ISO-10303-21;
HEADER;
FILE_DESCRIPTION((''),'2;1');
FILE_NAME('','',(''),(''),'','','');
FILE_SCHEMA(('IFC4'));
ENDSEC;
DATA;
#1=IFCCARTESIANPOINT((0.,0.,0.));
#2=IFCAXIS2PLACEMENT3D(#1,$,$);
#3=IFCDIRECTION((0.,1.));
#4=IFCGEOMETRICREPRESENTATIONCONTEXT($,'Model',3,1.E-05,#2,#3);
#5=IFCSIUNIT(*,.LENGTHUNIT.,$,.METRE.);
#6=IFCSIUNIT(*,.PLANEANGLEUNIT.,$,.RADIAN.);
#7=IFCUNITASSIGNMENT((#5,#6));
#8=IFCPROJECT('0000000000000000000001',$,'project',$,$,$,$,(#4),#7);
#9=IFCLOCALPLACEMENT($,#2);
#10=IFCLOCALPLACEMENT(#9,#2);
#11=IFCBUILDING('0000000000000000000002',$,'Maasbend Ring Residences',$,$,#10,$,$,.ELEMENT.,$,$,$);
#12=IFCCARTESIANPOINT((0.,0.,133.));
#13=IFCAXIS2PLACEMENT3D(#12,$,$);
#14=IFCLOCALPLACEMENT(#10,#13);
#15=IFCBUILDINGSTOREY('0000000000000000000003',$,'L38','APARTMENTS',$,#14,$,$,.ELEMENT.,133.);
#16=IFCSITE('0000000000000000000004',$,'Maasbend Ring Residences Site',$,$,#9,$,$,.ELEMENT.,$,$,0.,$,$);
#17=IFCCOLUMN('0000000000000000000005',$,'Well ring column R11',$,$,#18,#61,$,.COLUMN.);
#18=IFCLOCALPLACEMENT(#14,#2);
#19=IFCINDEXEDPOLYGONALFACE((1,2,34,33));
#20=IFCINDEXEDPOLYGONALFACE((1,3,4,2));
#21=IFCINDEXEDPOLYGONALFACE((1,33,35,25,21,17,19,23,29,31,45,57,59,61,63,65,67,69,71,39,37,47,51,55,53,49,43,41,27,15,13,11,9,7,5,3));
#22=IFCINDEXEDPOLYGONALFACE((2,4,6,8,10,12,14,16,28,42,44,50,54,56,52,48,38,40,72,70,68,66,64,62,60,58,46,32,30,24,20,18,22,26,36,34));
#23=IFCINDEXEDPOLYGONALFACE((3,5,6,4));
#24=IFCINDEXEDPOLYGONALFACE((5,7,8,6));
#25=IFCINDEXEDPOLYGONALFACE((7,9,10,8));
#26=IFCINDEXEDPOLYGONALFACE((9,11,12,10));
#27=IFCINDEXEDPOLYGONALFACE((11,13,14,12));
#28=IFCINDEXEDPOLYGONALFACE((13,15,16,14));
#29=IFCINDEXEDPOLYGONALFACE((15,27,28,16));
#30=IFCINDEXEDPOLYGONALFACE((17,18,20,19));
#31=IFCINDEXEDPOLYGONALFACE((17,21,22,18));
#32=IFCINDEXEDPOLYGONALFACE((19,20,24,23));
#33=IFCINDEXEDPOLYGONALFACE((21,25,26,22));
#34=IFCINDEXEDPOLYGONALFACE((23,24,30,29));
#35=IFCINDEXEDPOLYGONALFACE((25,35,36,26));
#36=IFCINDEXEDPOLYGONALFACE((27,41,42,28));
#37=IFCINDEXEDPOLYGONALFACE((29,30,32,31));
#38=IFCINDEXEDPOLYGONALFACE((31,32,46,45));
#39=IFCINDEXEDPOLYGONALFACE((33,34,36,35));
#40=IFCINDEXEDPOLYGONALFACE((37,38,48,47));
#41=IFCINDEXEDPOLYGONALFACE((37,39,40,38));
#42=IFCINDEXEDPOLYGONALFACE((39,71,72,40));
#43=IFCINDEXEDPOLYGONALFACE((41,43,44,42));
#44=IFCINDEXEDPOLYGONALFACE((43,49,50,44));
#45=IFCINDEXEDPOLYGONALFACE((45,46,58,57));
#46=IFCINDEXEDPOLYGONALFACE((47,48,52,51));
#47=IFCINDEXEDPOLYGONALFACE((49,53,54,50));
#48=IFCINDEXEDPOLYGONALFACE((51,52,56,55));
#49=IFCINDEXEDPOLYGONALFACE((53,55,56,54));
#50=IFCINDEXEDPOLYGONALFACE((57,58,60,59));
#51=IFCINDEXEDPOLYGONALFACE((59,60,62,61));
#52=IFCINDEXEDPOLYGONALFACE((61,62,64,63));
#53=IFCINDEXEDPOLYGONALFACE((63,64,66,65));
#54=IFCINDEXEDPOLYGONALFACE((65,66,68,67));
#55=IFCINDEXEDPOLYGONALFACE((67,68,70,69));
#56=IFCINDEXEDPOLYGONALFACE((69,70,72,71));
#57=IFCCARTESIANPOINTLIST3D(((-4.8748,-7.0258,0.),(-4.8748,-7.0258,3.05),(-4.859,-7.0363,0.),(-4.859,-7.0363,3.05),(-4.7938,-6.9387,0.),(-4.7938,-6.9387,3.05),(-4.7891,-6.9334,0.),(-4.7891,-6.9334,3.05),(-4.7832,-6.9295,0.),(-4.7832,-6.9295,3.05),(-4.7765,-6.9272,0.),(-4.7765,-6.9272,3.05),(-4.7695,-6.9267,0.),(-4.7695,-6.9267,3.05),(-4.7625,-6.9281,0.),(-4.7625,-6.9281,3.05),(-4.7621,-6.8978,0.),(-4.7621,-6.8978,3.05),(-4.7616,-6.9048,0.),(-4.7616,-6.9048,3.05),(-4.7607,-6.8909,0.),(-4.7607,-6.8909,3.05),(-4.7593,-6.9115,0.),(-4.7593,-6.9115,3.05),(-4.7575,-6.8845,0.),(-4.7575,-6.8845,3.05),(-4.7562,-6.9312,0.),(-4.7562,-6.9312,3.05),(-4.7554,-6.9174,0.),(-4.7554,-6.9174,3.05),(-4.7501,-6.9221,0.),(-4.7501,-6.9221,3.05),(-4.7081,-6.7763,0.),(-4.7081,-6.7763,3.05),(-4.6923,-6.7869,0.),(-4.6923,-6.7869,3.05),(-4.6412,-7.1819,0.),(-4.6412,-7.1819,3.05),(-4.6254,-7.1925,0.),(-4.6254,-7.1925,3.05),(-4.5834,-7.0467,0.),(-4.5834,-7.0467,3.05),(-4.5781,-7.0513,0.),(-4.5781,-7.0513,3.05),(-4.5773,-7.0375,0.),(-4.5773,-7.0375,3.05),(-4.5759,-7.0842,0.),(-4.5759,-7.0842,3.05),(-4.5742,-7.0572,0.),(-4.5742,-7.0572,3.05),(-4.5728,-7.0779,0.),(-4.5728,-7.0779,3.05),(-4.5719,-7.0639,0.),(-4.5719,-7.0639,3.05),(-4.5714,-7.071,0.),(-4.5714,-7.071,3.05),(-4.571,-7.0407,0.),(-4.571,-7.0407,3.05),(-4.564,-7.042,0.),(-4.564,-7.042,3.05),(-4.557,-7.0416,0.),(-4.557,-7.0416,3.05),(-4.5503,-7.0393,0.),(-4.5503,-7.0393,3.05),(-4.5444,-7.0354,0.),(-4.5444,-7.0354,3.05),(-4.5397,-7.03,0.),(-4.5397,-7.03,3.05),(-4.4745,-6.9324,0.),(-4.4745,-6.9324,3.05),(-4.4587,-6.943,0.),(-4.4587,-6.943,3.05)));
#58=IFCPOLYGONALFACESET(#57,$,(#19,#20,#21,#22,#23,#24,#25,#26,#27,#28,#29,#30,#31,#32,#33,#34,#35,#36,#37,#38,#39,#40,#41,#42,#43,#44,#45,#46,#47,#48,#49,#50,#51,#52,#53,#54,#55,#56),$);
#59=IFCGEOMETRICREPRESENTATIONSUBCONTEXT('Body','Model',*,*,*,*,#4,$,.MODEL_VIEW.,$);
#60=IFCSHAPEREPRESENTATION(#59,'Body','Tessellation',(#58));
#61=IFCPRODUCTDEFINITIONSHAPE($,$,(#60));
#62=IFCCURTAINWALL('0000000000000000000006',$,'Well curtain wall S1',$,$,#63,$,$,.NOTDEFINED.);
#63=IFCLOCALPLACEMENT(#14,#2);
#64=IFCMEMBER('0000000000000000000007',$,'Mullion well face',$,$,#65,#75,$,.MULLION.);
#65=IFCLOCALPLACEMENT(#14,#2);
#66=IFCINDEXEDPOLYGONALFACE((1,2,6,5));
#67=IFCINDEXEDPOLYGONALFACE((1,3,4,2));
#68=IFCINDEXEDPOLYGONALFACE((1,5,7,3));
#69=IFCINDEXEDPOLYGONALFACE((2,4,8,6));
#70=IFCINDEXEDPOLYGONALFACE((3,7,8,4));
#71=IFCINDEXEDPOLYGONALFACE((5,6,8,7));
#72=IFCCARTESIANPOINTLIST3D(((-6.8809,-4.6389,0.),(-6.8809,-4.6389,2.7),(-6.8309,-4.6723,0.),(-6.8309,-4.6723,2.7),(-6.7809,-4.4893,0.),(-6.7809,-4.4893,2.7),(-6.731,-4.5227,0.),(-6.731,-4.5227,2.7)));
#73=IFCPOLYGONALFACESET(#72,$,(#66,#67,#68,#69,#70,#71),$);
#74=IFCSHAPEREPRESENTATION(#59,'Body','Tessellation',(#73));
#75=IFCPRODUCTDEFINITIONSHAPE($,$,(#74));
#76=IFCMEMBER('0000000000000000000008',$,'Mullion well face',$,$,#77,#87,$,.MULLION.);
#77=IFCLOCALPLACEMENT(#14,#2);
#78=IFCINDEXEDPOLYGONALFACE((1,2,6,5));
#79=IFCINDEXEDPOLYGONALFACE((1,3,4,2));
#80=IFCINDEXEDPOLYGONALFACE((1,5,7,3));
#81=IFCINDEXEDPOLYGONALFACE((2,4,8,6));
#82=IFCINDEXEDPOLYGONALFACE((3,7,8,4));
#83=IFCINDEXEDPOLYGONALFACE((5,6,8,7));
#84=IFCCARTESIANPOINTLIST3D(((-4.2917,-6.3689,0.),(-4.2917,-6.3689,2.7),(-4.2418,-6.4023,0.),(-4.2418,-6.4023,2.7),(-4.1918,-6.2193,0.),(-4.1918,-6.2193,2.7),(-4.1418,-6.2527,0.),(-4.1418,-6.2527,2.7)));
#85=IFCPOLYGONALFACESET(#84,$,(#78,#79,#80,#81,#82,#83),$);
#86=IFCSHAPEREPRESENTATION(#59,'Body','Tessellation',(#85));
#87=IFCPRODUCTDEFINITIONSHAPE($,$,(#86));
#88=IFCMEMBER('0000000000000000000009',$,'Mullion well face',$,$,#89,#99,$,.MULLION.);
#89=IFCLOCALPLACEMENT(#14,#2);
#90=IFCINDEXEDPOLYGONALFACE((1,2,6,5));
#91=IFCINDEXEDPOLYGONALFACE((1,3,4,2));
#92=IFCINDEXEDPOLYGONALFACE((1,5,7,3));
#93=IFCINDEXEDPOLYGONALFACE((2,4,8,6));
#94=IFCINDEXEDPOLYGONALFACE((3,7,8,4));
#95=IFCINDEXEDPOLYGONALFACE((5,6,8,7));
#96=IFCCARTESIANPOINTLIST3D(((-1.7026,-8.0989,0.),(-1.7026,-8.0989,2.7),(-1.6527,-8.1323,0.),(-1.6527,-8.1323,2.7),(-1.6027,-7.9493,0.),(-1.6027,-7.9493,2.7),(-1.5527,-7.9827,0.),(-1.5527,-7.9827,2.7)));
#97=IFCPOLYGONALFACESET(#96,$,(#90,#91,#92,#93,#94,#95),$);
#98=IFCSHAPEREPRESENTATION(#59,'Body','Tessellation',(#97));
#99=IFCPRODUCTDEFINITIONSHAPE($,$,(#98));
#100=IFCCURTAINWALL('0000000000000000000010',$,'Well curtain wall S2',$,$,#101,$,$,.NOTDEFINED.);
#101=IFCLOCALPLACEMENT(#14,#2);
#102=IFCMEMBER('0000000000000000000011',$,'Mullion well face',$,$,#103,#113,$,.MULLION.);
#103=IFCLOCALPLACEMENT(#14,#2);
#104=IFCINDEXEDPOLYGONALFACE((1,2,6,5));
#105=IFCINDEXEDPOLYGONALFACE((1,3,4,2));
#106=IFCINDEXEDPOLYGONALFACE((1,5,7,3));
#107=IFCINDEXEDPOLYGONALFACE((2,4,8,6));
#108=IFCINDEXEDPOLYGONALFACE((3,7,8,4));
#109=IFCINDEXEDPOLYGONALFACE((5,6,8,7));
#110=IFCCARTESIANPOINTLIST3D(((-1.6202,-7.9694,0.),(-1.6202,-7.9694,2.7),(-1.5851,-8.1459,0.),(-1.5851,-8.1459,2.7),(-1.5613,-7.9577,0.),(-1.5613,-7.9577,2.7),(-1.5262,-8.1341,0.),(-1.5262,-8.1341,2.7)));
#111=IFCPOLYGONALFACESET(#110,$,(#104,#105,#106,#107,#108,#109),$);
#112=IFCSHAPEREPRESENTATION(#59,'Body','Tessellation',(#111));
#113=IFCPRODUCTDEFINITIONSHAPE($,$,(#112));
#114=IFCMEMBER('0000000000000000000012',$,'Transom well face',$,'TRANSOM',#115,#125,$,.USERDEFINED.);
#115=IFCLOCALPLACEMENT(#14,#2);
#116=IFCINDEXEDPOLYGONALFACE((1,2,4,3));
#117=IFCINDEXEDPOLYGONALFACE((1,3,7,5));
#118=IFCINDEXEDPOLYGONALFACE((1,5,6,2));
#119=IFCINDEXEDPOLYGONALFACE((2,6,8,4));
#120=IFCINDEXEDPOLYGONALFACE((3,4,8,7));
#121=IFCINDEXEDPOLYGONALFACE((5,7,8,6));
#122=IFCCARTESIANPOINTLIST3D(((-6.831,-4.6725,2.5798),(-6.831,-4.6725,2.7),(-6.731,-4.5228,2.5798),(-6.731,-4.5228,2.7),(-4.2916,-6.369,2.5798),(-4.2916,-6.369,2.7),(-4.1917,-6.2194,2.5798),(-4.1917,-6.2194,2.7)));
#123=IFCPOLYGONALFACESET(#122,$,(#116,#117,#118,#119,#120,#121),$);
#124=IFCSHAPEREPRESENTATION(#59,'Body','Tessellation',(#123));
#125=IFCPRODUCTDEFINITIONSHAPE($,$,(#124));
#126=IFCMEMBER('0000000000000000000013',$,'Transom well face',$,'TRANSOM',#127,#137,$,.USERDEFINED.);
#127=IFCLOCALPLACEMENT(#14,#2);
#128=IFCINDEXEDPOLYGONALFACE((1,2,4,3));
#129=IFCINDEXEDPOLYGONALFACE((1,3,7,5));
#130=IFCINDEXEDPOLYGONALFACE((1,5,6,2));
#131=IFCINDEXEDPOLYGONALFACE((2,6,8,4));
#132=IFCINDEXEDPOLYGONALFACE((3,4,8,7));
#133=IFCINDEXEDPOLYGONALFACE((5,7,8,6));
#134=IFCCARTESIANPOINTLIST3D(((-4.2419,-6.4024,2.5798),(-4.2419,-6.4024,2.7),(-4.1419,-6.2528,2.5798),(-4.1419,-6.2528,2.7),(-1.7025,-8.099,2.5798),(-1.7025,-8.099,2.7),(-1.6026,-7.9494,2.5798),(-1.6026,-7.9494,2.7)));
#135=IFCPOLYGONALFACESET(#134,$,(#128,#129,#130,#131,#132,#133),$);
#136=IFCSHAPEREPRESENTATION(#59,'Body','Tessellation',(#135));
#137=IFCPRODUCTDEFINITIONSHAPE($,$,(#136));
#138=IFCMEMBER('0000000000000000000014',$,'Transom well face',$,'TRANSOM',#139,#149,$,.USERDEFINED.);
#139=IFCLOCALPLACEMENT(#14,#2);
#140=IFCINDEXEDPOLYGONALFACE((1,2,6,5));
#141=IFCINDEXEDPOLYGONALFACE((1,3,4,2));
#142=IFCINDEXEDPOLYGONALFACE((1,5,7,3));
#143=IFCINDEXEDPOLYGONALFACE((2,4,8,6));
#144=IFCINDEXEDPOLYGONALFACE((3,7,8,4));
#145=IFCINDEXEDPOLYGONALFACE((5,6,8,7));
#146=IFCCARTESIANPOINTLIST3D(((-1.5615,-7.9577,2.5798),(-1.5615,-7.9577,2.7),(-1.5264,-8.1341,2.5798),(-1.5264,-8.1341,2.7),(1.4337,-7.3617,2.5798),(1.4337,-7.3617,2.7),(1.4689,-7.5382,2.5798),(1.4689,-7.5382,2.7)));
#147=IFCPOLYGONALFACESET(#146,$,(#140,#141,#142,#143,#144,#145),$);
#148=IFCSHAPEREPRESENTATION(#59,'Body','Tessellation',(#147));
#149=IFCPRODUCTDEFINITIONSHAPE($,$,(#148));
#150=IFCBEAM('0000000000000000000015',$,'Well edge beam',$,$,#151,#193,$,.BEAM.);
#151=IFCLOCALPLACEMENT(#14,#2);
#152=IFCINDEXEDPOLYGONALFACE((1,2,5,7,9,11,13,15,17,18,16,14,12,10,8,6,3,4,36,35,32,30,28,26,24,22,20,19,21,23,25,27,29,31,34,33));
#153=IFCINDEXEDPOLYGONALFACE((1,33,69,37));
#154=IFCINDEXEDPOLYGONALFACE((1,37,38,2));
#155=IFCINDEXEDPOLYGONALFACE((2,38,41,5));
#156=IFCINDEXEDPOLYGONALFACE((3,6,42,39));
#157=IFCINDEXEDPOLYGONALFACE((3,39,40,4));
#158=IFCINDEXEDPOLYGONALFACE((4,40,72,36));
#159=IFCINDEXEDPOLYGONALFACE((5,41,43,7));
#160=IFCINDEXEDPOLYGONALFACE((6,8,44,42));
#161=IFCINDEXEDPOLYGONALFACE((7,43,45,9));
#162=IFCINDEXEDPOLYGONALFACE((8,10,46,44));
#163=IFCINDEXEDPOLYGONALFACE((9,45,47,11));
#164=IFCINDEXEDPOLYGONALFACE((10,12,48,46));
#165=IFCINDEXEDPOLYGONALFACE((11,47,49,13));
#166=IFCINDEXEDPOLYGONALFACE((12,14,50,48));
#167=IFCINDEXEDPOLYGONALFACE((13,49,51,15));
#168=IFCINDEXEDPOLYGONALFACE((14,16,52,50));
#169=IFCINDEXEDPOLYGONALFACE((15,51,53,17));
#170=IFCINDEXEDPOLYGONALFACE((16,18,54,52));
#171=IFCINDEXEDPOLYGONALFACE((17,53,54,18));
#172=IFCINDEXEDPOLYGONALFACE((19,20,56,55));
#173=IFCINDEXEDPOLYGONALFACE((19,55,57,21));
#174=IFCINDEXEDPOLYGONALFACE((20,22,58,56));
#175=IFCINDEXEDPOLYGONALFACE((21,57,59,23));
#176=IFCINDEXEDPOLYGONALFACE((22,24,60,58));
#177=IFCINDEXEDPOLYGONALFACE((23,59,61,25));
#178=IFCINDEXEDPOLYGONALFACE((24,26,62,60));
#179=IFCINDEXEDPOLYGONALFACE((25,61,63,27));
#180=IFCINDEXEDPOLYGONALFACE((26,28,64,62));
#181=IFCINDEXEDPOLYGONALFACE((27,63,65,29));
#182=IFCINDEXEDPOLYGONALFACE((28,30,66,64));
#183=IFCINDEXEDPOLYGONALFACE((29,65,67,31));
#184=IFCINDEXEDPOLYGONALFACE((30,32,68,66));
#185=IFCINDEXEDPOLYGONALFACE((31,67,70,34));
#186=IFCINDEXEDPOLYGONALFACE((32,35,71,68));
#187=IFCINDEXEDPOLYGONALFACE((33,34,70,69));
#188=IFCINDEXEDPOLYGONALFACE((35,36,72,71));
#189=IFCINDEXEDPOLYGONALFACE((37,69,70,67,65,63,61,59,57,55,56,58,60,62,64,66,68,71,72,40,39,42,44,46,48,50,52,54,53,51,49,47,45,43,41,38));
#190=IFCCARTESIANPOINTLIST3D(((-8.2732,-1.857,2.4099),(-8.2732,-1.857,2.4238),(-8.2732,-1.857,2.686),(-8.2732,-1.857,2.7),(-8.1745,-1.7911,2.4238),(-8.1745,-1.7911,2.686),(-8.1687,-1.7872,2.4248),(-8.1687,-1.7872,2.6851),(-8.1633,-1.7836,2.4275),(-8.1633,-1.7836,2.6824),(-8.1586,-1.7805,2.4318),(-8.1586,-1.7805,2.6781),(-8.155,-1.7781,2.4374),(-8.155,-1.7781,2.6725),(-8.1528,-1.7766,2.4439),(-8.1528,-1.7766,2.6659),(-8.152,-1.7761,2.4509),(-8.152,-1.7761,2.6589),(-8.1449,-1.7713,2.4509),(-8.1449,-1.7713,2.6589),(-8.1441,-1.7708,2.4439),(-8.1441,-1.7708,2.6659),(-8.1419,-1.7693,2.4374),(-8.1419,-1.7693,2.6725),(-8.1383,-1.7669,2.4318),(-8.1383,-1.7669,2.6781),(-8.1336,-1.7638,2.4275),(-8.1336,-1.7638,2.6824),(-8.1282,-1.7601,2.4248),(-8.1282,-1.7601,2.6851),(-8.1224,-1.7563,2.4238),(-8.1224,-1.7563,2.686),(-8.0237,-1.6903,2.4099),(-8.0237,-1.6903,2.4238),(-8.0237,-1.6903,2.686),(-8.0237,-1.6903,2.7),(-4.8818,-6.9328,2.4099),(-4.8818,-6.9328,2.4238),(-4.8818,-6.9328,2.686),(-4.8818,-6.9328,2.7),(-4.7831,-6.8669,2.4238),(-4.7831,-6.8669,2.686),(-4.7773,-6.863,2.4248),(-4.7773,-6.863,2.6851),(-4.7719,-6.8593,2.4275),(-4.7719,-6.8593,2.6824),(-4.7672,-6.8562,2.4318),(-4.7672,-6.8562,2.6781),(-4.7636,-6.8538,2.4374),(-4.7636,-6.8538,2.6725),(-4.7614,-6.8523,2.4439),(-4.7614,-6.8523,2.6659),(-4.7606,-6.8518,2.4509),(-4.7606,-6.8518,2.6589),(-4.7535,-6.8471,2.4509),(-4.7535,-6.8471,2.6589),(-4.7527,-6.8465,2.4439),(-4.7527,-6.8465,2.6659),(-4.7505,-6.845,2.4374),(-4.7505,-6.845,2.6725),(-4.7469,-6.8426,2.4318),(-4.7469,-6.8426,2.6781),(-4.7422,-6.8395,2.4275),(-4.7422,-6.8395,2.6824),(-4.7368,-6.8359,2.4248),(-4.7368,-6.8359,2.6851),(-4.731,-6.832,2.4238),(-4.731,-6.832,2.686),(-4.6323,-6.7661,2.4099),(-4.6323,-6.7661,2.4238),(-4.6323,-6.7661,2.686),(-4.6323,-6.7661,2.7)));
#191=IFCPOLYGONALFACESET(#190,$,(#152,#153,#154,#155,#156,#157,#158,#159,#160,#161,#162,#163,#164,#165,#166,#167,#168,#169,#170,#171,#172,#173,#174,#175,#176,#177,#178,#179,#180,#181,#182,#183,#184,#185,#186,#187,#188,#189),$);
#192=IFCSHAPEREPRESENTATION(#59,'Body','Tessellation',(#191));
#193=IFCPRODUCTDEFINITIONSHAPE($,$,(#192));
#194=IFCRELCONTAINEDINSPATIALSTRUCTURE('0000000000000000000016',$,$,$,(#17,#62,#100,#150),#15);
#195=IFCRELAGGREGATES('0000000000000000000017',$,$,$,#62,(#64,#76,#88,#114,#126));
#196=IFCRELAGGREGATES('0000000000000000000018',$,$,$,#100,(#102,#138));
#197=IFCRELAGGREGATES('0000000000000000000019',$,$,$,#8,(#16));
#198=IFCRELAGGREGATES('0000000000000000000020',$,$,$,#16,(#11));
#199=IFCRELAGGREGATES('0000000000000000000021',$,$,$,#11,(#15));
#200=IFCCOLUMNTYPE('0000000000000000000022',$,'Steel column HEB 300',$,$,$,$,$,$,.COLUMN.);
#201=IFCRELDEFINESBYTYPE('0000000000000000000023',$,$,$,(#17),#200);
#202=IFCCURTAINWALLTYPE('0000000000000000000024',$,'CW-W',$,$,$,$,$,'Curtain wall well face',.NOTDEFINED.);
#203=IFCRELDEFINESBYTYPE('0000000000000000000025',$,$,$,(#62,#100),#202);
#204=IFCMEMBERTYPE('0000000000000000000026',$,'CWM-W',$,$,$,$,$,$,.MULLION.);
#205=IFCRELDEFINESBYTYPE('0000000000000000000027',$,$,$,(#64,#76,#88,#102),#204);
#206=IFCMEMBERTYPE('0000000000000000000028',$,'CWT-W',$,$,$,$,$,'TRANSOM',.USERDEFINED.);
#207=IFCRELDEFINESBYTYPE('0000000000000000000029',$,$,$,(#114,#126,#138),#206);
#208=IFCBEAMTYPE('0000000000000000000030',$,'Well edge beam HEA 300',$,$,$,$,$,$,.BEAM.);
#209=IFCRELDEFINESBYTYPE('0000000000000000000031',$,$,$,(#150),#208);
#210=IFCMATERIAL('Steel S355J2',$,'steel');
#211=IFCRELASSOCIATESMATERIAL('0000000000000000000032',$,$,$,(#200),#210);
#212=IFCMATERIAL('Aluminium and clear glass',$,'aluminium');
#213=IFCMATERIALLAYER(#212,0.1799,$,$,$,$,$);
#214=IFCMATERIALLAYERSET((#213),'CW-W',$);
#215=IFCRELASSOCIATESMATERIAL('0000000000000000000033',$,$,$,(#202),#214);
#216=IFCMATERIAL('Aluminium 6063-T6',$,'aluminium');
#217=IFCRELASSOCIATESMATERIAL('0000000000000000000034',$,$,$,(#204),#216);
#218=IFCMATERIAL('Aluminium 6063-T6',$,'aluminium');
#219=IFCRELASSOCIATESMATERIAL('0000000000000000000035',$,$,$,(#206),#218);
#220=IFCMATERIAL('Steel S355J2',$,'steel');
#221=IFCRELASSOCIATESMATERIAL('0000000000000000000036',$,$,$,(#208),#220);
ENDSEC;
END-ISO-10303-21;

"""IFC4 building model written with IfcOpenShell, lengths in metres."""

from ifc_helpers import new_model, si_unit, direction, frame, origin, origin_2d, place, context, subcontext, project, spatial, rectangle, i_section, extrude, material, layer, layer_set, material_profile, profile_set, type_object, element, aggregate, save


model = new_model("IFC4")

# Units and contexts
model_context = context("Model", 3, precision=1e-05, world=origin(), true_north=direction((0.0, 1.0)))
body_context = subcontext(model_context, "Body", "Model", "MODEL_VIEW")
ifc_project = project(units=[si_unit("LENGTHUNIT", "METRE"), si_unit("PLANEANGLEUNIT", "RADIAN")], contexts=[model_context])

# Site, building, storey
site_placement = place(None, origin())
site = spatial("IfcSite", under=ifc_project, at=site_placement, Name="Maasbend Ring Residences Site", CompositionType="ELEMENT", RefElevation=0.0)
building_placement = place(site_placement, origin())
building = spatial("IfcBuilding", under=site, at=building_placement, Name="Maasbend Ring Residences", CompositionType="ELEMENT")
storey_placement = place(building_placement, frame((0.0, 0.0, 133.0)))
storey = spatial("IfcBuildingStorey", under=building, at=storey_placement, Name="L38", Description="APARTMENTS", CompositionType="ELEMENT", Elevation=133.0)

# Column
ifc_material_1 = material(Name="Steel S355J2", Category="steel")
ifc_material_profile_1 = material_profile(ifc_material_1, i_section(OverallWidth=0.3, OverallDepth=0.3, WebThickness=0.011, FlangeThickness=0.019, FilletRadius=0.0271, at=origin_2d()), Name="HEB 300")
ifc_profile_set_1 = profile_set([ifc_material_profile_1], Name="Steel S355J2")
column_type = type_object("IfcColumnType", Name="Steel column HEB 300", PredefinedType="COLUMN", material=ifc_profile_set_1)
column_placement = place(storey_placement, frame((-4.6667, -6.9844, 0.0), z_axis=(0.0, 0.0, 1.0), x_axis=(-0.55557, -0.83147, 0.0)))
element("IfcColumn", 1, at=column_placement, inside=storey, type_object=column_type, Name="Well ring column R11", PredefinedType="COLUMN", context=body_context, shape_type="SweptSolid", body=[
    extrude(i_section(OverallWidth=0.3, OverallDepth=0.3, WebThickness=0.011, FlangeThickness=0.019, FilletRadius=0.0271, at=origin_2d()), origin(), (0.0, 0.0, 1.0), 3.05),
])

# Curtain wall, members
ifc_material_2 = material(Name="Aluminium and clear glass", Category="aluminium")
ifc_layer_1 = layer(ifc_material_2, 0.1799)
ifc_layer_set_1 = layer_set([ifc_layer_1], Name="CW-W")
curtain_wall_type = type_object("IfcCurtainWallType", Name="CW-W", ElementType="Curtain wall well face", PredefinedType="NOTDEFINED", material=ifc_layer_set_1)
curtain_wall_1_placement = place(storey_placement, origin())
curtain_wall_1 = element("IfcCurtainWall", 2, at=curtain_wall_1_placement, inside=storey, type_object=curtain_wall_type, Name="Well curtain wall S1", PredefinedType="NOTDEFINED")
ifc_material_3 = material(Name="Aluminium 6063-T6", Category="aluminium")
ifc_material_profile_2 = material_profile(ifc_material_3, rectangle(XDim=0.1799, YDim=0.0601, at=origin_2d()), Name="AL 180x60")
ifc_profile_set_2 = profile_set([ifc_material_profile_2], Name="Aluminium 6063-T6")
member_type_1 = type_object("IfcMemberType", Name="CWM-W", PredefinedType="MULLION", material=ifc_profile_set_2)
member_1_placement = place(storey_placement, frame((-6.8059, -4.5808, 0.0), z_axis=(0.0, 0.0, 1.0), x_axis=(0.55557, 0.83147, 0.0)))
member_1 = element("IfcMember", 3, at=member_1_placement, type_object=member_type_1, Name="Mullion well face", PredefinedType="MULLION", context=body_context, shape_type="SweptSolid", body=[
    extrude(rectangle(XDim=0.1799, YDim=0.0601, at=origin_2d()), origin(), (0.0, 0.0, 1.0), 2.7),
])
member_2_placement = place(storey_placement, frame((-4.2168, -6.3108, 0.0), z_axis=(0.0, 0.0, 1.0), x_axis=(0.55557, 0.83147, 0.0)))
member_2 = element("IfcMember", 4, at=member_2_placement, type_object=member_type_1, Name="Mullion well face", PredefinedType="MULLION", context=body_context, shape_type="SweptSolid", body=[
    extrude(rectangle(XDim=0.1799, YDim=0.0601, at=origin_2d()), origin(), (0.0, 0.0, 1.0), 2.7),
])
member_3_placement = place(storey_placement, frame((-1.6277, -8.0408, 0.0), z_axis=(0.0, 0.0, 1.0), x_axis=(0.55557, 0.83147, 0.0)))
member_3 = element("IfcMember", 5, at=member_3_placement, type_object=member_type_1, Name="Mullion well face", PredefinedType="MULLION", context=body_context, shape_type="SweptSolid", body=[
    extrude(rectangle(XDim=0.1799, YDim=0.0601, at=origin_2d()), origin(), (0.0, 0.0, 1.0), 2.7),
])

# Curtain wall, member
curtain_wall_2_placement = place(storey_placement, origin())
curtain_wall_2 = element("IfcCurtainWall", 6, at=curtain_wall_2_placement, inside=storey, type_object=curtain_wall_type, Name="Well curtain wall S2", PredefinedType="NOTDEFINED")
member_4_placement = place(storey_placement, frame((-1.5732, -8.0518, 0.0), z_axis=(0.0, 0.0, 1.0), x_axis=(-0.19509, 0.980785, 0.0)))
member_4 = element("IfcMember", 7, at=member_4_placement, type_object=member_type_1, Name="Mullion well face", PredefinedType="MULLION", context=body_context, shape_type="SweptSolid", body=[
    extrude(rectangle(XDim=0.1799, YDim=0.0601, at=origin_2d()), origin(), (0.0, 0.0, 1.0), 2.7),
])

# Members
ifc_material_4 = material(Name="Aluminium 6063-T6", Category="aluminium")
ifc_material_profile_3 = material_profile(ifc_material_4, rectangle(XDim=0.1799, YDim=0.1201, at=origin_2d()), Name="AL 180x120")
ifc_profile_set_3 = profile_set([ifc_material_profile_3], Name="Aluminium 6063-T6")
member_type_2 = type_object("IfcMemberType", Name="CWT-W", ElementType="TRANSOM", PredefinedType="USERDEFINED", material=ifc_profile_set_3)
member_5_placement = place(storey_placement, frame((-6.781, -4.5977, 2.6399), z_axis=(0.831496, -0.55553, 0.0), x_axis=(0.55553, 0.831496, 0.0)))
member_5 = element("IfcMember", 8, at=member_5_placement, type_object=member_type_2, Name="Transom well face", ObjectType="TRANSOM", PredefinedType="USERDEFINED", context=body_context, shape_type="SweptSolid", body=[
    extrude(rectangle(XDim=0.1799, YDim=0.1201, at=origin_2d()), origin(), (0.0, 0.0, 1.0), 3.054),
])
member_6_placement = place(storey_placement, frame((-4.1919, -6.3276, 2.6399), z_axis=(0.831496, -0.55553, 0.0), x_axis=(0.55553, 0.831496, 0.0)))
member_6 = element("IfcMember", 9, at=member_6_placement, type_object=member_type_2, Name="Transom well face", ObjectType="TRANSOM", PredefinedType="USERDEFINED", context=body_context, shape_type="SweptSolid", body=[
    extrude(rectangle(XDim=0.1799, YDim=0.1201, at=origin_2d()), origin(), (0.0, 0.0, 1.0), 3.054),
])
member_7_placement = place(storey_placement, frame((-1.5439, -8.0459, 2.6399), z_axis=(0.980777, 0.195132, 0.0), x_axis=(-0.195132, 0.980777, 0.0)))
member_7 = element("IfcMember", 10, at=member_7_placement, type_object=member_type_2, Name="Transom well face", ObjectType="TRANSOM", PredefinedType="USERDEFINED", context=body_context, shape_type="SweptSolid", body=[
    extrude(rectangle(XDim=0.1799, YDim=0.1201, at=origin_2d()), origin(), (0.0, 0.0, 1.0), 3.054),
])

# Beam
ifc_material_5 = material(Name="Steel S355J2", Category="steel")
ifc_material_profile_4 = material_profile(ifc_material_5, i_section(OverallWidth=0.3, OverallDepth=0.29, WebThickness=0.0085, FlangeThickness=0.0139, FilletRadius=0.0271, at=origin_2d()), Name="HEA 300")
ifc_profile_set_4 = profile_set([ifc_material_profile_4], Name="Steel S355J2")
beam_type = type_object("IfcBeamType", Name="Well edge beam HEA 300", PredefinedType="BEAM", material=ifc_profile_set_4)
beam_1_placement = place(storey_placement, frame((-8.1484, -1.7737, 2.5549), z_axis=(0.555558, -0.831478, 0.0), x_axis=(0.831478, 0.555558, 0.0)))
element("IfcBeam", 11, at=beam_1_placement, inside=storey, type_object=beam_type, Name="Well edge beam", PredefinedType="BEAM", context=body_context, shape_type="SweptSolid", body=[
    extrude(i_section(OverallWidth=0.3, OverallDepth=0.29, WebThickness=0.0085, FlangeThickness=0.0139, FilletRadius=0.0271, at=origin_2d()), origin(), (0.0, 0.0, 1.0), 6.1045),
])

aggregate(curtain_wall_1, [member_1, member_2, member_3, member_5, member_6])
aggregate(curtain_wall_2, [member_4, member_7])

save(model, "model.ifc")
